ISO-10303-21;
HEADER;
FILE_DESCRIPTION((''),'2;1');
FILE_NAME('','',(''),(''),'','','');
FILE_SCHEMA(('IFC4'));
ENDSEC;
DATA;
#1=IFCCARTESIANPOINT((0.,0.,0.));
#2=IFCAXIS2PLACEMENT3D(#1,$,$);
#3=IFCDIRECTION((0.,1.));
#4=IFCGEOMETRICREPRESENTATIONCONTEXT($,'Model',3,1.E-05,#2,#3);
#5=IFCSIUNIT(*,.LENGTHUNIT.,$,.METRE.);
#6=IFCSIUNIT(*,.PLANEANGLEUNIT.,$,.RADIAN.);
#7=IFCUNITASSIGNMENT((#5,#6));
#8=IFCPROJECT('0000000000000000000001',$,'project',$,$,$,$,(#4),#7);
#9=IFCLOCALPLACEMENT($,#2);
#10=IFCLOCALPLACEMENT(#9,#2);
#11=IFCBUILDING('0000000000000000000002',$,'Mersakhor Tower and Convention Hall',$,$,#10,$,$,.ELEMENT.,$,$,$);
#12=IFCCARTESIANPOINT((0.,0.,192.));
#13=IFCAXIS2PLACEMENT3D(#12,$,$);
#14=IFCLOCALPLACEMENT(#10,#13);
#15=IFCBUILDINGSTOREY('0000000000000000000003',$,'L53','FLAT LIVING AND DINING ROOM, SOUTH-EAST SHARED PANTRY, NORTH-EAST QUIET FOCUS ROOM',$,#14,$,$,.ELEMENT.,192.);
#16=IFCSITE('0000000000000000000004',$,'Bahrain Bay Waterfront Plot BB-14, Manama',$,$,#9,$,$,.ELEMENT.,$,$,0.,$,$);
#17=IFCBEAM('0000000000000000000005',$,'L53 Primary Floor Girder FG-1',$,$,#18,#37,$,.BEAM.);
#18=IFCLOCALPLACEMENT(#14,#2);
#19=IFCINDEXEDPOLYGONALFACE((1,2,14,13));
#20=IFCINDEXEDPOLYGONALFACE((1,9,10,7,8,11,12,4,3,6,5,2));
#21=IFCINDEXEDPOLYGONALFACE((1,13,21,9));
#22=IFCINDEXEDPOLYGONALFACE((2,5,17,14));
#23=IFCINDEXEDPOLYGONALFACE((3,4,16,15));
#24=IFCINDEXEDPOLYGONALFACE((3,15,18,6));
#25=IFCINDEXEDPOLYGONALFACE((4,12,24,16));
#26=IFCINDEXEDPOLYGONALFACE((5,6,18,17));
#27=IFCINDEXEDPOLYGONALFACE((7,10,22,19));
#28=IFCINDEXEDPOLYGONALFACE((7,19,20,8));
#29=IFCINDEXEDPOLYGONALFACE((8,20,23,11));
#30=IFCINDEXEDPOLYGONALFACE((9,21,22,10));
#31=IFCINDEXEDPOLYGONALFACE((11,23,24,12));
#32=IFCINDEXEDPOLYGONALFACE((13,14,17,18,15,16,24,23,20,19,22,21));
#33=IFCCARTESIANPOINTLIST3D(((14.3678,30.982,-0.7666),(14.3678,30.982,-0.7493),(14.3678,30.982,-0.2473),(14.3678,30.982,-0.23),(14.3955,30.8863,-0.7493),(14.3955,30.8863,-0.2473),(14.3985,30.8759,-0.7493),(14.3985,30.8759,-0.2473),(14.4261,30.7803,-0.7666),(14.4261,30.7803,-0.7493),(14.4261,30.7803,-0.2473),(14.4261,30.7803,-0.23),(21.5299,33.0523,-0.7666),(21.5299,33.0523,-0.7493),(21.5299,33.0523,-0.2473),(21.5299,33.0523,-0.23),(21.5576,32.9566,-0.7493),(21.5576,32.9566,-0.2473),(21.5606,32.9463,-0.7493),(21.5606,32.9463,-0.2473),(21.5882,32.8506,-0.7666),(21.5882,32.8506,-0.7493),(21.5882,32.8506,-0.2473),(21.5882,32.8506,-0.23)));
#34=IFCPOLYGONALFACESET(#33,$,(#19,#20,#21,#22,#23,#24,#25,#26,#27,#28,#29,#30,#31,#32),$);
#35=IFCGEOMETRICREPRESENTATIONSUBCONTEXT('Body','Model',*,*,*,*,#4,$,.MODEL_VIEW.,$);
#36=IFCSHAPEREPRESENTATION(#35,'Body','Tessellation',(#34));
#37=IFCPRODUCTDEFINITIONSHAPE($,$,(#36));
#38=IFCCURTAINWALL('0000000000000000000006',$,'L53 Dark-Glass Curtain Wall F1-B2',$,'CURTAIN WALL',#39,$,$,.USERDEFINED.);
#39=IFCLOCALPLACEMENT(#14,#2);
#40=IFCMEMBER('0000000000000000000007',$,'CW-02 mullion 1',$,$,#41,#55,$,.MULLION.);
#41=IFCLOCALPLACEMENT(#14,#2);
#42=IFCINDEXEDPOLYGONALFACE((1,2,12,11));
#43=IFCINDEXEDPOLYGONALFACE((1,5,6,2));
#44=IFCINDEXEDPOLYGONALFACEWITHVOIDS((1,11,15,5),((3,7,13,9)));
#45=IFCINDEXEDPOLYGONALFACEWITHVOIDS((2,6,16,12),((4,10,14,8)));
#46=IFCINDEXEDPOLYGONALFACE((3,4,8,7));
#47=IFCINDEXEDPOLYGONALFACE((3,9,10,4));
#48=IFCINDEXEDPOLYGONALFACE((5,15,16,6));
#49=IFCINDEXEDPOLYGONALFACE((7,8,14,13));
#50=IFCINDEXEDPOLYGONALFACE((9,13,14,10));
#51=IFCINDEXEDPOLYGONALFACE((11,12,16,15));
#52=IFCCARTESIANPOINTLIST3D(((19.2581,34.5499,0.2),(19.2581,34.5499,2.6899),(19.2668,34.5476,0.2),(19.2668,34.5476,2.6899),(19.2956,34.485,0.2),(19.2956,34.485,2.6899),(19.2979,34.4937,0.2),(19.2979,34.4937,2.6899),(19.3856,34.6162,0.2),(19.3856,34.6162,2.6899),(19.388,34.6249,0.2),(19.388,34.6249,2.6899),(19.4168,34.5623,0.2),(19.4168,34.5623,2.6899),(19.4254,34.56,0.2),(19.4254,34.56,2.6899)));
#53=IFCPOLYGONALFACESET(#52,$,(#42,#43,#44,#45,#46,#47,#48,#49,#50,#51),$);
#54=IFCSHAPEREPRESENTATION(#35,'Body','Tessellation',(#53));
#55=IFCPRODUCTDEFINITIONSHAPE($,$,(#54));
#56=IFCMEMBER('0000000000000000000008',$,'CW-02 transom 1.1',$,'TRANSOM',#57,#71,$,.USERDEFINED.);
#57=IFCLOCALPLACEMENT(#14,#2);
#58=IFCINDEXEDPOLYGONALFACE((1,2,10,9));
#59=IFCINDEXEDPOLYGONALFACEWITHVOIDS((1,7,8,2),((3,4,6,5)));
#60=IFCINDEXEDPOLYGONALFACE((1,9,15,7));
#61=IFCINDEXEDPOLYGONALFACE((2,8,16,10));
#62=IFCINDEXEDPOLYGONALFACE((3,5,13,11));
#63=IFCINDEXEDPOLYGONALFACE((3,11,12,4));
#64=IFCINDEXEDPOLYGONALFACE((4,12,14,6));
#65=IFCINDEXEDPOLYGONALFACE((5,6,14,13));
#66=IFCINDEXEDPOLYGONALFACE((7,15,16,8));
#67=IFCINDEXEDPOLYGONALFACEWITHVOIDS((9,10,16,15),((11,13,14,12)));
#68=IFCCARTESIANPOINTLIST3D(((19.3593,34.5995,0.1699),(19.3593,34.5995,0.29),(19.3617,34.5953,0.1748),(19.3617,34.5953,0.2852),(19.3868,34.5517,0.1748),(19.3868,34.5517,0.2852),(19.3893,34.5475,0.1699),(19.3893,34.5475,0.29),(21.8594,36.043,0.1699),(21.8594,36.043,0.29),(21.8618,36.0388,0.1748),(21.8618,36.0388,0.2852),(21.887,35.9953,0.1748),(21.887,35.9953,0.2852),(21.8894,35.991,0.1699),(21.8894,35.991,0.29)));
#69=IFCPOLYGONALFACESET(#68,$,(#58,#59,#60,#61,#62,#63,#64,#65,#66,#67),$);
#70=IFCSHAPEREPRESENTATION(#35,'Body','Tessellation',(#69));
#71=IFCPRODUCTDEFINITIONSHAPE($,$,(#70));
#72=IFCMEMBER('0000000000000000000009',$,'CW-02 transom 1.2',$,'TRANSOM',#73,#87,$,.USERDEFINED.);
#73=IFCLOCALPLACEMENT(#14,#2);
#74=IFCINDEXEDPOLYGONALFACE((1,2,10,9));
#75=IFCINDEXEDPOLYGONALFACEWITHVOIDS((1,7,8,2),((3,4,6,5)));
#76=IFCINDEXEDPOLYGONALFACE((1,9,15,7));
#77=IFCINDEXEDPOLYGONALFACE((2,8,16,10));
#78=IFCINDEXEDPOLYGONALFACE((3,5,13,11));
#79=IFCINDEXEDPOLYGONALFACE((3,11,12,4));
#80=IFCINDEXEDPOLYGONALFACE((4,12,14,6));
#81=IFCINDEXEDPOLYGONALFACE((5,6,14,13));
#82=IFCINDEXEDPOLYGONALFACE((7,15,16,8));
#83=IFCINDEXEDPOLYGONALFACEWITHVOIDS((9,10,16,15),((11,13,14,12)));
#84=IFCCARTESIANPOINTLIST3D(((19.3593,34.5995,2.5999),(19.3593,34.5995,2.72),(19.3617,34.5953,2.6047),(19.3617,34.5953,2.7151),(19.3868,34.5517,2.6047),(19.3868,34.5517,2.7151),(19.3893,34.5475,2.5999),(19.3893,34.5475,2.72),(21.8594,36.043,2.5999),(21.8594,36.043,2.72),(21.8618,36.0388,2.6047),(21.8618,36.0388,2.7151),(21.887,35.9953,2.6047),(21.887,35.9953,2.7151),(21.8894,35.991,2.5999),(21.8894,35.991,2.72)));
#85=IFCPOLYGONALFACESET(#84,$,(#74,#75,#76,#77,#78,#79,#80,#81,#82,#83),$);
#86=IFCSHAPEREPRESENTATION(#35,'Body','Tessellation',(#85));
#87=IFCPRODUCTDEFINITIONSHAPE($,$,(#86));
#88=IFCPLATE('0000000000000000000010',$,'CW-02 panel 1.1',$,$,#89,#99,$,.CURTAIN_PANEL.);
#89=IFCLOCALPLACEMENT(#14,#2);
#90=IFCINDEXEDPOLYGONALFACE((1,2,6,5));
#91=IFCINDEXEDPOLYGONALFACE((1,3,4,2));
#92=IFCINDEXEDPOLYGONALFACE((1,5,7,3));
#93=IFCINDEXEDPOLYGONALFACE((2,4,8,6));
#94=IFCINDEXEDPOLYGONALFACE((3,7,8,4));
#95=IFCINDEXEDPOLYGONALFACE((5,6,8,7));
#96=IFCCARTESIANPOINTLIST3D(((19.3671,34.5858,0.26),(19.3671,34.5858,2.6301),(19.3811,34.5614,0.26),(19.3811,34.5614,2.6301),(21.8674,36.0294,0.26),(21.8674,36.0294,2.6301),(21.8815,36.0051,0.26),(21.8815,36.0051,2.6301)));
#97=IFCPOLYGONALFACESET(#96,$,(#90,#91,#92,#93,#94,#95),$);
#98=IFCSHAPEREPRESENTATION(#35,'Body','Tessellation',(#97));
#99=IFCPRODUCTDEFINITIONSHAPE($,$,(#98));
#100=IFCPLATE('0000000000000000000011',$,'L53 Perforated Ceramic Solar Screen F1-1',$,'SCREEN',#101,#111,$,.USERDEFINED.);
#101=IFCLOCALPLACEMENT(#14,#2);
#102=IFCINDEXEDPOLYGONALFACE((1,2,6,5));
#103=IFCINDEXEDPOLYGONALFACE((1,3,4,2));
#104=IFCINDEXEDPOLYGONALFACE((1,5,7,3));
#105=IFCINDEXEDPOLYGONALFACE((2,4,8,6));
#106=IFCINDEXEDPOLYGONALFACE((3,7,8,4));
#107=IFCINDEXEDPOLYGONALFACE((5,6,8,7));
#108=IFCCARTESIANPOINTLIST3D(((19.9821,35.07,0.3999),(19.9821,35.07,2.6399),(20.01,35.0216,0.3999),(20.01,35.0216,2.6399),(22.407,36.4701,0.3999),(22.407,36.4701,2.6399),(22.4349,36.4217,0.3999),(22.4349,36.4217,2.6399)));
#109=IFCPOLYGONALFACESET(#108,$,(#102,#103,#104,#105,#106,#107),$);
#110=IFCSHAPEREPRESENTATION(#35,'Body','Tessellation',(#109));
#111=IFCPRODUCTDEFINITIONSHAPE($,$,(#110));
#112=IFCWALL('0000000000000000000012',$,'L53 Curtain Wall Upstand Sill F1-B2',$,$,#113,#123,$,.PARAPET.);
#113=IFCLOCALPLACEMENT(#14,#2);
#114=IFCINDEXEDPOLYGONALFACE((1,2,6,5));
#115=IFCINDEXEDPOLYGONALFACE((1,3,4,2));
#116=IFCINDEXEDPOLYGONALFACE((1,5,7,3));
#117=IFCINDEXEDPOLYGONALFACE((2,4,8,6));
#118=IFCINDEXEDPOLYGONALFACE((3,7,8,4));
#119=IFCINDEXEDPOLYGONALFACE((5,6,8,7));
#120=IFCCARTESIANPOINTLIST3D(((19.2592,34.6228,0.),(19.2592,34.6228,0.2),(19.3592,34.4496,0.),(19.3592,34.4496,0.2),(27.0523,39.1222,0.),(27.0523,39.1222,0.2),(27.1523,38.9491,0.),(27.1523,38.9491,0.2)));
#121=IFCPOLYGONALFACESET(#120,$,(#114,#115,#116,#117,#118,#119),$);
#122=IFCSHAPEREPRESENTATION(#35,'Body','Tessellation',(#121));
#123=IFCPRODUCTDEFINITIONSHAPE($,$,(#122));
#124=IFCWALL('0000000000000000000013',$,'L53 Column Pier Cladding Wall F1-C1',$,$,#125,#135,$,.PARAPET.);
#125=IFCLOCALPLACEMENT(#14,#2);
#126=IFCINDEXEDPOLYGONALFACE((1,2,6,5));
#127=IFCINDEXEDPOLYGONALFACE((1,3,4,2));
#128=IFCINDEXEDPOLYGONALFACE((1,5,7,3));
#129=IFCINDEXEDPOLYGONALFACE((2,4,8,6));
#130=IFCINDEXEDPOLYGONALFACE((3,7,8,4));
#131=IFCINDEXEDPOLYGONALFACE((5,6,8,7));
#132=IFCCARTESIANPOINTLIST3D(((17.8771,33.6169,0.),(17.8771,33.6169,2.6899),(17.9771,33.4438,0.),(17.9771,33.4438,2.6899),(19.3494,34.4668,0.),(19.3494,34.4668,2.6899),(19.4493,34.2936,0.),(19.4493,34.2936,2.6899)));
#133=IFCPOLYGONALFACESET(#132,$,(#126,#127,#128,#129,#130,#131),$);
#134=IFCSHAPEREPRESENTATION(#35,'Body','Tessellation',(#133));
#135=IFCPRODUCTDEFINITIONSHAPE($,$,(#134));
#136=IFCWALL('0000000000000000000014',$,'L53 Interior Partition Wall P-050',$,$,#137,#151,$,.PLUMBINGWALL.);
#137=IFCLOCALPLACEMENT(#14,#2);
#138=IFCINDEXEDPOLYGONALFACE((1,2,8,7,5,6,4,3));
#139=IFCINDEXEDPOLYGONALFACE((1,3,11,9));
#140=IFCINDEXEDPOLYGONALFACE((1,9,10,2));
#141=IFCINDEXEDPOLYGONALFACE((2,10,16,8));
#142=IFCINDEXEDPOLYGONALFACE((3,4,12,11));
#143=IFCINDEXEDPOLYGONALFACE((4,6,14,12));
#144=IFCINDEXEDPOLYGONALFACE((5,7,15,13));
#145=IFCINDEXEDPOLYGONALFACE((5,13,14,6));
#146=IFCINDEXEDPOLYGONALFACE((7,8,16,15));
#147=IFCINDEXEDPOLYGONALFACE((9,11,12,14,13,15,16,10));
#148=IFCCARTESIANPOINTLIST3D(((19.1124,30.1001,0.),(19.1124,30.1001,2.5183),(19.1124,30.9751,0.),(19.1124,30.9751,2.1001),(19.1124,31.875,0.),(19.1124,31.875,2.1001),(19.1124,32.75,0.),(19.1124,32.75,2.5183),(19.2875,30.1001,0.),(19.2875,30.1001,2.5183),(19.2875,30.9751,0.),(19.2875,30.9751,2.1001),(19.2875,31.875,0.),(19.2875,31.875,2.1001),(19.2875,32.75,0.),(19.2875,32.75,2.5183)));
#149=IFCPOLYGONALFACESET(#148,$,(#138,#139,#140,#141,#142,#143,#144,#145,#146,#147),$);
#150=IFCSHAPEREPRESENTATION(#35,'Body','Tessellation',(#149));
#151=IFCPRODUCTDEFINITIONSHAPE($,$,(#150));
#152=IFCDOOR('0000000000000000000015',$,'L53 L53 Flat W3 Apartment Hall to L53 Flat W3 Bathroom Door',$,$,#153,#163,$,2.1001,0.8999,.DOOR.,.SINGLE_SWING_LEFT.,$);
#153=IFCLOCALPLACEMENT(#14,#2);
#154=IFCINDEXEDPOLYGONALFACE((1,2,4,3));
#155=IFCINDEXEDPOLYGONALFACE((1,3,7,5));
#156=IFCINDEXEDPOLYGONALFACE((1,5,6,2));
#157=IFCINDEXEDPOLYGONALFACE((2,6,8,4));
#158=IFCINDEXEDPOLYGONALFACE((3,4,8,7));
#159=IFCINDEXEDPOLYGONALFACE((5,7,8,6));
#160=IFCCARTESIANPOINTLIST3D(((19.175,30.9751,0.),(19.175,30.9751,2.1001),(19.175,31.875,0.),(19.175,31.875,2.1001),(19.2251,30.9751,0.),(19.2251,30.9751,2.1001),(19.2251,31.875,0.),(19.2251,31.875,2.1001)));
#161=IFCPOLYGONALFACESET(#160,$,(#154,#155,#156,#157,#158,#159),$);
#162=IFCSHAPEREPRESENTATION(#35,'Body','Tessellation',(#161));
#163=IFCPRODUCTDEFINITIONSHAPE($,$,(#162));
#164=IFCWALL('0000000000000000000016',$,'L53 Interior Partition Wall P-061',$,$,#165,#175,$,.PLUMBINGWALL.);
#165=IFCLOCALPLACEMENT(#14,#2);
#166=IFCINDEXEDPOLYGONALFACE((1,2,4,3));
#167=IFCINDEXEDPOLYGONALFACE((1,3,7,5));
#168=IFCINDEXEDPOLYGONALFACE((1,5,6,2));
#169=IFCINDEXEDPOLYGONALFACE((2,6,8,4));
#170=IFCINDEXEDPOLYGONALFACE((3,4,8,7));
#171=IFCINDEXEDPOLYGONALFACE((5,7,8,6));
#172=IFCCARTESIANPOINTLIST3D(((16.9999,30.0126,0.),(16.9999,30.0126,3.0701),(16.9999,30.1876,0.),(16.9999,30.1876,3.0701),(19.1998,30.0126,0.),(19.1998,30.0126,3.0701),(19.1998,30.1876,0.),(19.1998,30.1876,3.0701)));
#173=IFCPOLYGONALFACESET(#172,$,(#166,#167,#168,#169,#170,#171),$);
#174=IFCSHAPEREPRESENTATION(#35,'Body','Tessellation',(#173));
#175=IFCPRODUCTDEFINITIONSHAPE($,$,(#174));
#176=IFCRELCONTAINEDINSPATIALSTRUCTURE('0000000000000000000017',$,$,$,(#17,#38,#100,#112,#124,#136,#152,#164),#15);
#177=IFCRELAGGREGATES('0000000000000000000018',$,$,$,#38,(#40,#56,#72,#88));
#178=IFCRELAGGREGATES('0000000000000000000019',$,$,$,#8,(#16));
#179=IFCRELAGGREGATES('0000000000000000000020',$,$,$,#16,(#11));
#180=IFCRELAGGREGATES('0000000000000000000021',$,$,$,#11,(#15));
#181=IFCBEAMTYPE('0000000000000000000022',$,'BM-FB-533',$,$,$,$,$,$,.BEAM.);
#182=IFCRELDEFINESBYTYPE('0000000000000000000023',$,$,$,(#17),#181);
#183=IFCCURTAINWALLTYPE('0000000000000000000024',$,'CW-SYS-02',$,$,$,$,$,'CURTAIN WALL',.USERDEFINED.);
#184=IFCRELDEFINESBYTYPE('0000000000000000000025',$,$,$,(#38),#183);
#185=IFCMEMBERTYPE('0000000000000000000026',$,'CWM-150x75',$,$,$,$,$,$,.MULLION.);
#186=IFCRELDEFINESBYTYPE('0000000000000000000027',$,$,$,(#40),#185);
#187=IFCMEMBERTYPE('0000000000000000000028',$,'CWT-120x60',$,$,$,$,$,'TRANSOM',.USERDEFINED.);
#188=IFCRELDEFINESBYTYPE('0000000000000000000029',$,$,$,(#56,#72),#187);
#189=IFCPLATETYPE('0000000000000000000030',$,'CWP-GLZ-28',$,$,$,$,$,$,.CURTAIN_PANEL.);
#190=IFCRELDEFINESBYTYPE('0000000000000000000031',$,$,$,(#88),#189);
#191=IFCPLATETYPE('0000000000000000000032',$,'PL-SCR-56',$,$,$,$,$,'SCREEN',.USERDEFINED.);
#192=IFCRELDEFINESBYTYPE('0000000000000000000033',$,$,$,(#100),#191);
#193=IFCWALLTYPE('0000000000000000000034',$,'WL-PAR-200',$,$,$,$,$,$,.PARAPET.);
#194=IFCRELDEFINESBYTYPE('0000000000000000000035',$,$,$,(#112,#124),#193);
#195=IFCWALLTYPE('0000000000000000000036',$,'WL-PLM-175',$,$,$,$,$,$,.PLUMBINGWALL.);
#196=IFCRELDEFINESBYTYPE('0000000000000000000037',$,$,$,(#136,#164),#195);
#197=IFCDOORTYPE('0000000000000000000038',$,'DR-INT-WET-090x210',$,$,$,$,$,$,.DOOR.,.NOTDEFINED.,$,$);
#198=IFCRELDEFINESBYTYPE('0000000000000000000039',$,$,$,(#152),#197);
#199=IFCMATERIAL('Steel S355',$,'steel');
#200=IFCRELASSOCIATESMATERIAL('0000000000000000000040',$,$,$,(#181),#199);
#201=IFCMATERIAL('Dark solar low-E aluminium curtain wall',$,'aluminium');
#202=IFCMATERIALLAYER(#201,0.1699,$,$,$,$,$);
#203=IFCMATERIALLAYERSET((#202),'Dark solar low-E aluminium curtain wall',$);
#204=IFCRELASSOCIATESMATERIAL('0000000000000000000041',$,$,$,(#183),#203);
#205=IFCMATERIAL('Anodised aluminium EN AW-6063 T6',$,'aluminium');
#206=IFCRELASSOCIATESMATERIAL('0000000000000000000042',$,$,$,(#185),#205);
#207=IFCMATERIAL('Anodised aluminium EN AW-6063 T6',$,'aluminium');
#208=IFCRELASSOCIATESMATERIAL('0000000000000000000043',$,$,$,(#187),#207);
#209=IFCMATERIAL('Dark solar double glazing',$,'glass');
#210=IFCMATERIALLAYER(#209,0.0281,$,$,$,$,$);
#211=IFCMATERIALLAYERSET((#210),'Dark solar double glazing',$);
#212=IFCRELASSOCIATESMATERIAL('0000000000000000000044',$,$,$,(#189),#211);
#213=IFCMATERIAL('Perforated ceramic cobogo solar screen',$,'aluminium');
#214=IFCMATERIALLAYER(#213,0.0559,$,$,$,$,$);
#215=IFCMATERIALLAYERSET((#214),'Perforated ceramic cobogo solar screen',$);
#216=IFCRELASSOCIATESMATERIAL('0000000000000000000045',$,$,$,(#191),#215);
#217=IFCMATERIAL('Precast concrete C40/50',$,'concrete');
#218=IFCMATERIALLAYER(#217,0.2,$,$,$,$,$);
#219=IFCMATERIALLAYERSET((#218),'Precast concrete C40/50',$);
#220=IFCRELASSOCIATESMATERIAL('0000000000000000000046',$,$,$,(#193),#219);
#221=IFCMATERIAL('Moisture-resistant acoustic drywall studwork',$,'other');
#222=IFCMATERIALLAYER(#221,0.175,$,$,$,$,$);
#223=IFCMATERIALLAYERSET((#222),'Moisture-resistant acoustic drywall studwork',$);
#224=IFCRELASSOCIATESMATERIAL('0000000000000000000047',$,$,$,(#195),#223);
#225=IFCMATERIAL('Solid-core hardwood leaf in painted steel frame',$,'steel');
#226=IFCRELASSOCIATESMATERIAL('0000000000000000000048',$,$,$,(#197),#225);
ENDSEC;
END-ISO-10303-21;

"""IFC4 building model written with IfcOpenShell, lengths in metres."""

from ifc_helpers import new_model, si_unit, direction, frame, frame_2d, origin, origin_2d, place, context, subcontext, project, spatial, rectangle, hollow_rectangle, i_section, extrude, material, layer, layer_set, material_profile, profile_set, type_object, element, fill, aggregate, save


model = new_model("IFC4")

# Units and contexts
model_context = context("Model", 3, precision=1e-05, world=origin(), true_north=direction((0.0, 1.0)))
body_context = subcontext(model_context, "Body", "Model", "MODEL_VIEW")
ifc_project = project(units=[si_unit("LENGTHUNIT", "METRE"), si_unit("PLANEANGLEUNIT", "RADIAN")], contexts=[model_context])

# Site, building, storey
site_placement = place(None, origin())
site = spatial("IfcSite", under=ifc_project, at=site_placement, Name="Bahrain Bay Waterfront Plot BB-14, Manama", CompositionType="ELEMENT", RefElevation=0.0)
building_placement = place(site_placement, origin())
building = spatial("IfcBuilding", under=site, at=building_placement, Name="Mersakhor Tower and Convention Hall", CompositionType="ELEMENT")
storey_placement = place(building_placement, frame((0.0, 0.0, 192.0)))
storey = spatial("IfcBuildingStorey", under=building, at=storey_placement, Name="L53", Description="FLAT LIVING AND DINING ROOM, SOUTH-EAST SHARED PANTRY, NORTH-EAST QUIET FOCUS ROOM", CompositionType="ELEMENT", Elevation=192.0)

# Beam
ifc_material_1 = material(Name="Steel S355", Category="steel")
ifc_material_profile_1 = material_profile(ifc_material_1, i_section(OverallWidth=0.21, OverallDepth=0.5366, WebThickness=0.0107, FlangeThickness=0.0173, at=origin_2d()), Name="UB 533x210x101")
ifc_profile_set_1 = profile_set([ifc_material_profile_1], Name="Steel S355")
beam_type = type_object("IfcBeamType", Name="BM-FB-533", PredefinedType="BEAM", material=ifc_profile_set_1)
beam_placement = place(storey_placement, frame((21.5591, 32.9514, -0.4983), z_axis=(-0.960669, -0.277695, 0.0), x_axis=(0.277695, -0.960669, 0.0)))
element("IfcBeam", 1, at=beam_placement, inside=storey, type_object=beam_type, Name="L53 Primary Floor Girder FG-1", PredefinedType="BEAM", context=body_context, shape_type="SweptSolid", body=[
    extrude(i_section(OverallWidth=0.21, OverallDepth=0.5366, WebThickness=0.0107, FlangeThickness=0.0173, at=origin_2d()), origin(), (0.0, 0.0, 1.0), 7.4553),
])

# Curtain wall, members, plate
ifc_material_2 = material(Name="Dark solar low-E aluminium curtain wall", Category="aluminium")
ifc_layer_1 = layer(ifc_material_2, 0.1699)
ifc_layer_set_1 = layer_set([ifc_layer_1], Name="Dark solar low-E aluminium curtain wall")
curtain_wall_type = type_object("IfcCurtainWallType", Name="CW-SYS-02", ElementType="CURTAIN WALL", PredefinedType="USERDEFINED", material=ifc_layer_set_1)
curtain_wall_placement = place(storey_placement, origin())
curtain_wall = element("IfcCurtainWall", 2, at=curtain_wall_placement, inside=storey, type_object=curtain_wall_type, Name="L53 Dark-Glass Curtain Wall F1-B2", ObjectType="CURTAIN WALL", PredefinedType="USERDEFINED")
ifc_material_3 = material(Name="Anodised aluminium EN AW-6063 T6", Category="aluminium")
ifc_material_profile_2 = material_profile(ifc_material_3, hollow_rectangle(XDim=0.075, YDim=0.1499, WallThickness=0.0063, at=origin_2d()), Name="RHS 150x75x6.3")
ifc_profile_set_2 = profile_set([ifc_material_profile_2], Name="Anodised aluminium EN AW-6063 T6")
member_type_1 = type_object("IfcMemberType", Name="CWM-150x75", PredefinedType="MULLION", material=ifc_profile_set_2)
member_1_placement = place(storey_placement, frame((19.3418, 34.5549, 0.2), z_axis=(0.0, 0.0, 1.0), x_axis=(-0.500008, 0.866021, 0.0)))
member_1 = element("IfcMember", 3, at=member_1_placement, type_object=member_type_1, Name="CW-02 mullion 1", PredefinedType="MULLION", context=body_context, shape_type="SweptSolid", body=[
    extrude(hollow_rectangle(XDim=0.075, YDim=0.1499, WallThickness=0.0063, at=origin_2d()), origin(), (0.0, 0.0, 1.0), 2.49),
])
ifc_material_4 = material(Name="Anodised aluminium EN AW-6063 T6", Category="aluminium")
ifc_material_profile_3 = material_profile(ifc_material_4, hollow_rectangle(XDim=0.0601, YDim=0.1201, WallThickness=0.0049, at=origin_2d()), Name="RHS 120x60x5")
ifc_profile_set_3 = profile_set([ifc_material_profile_3], Name="Anodised aluminium EN AW-6063 T6")
member_type_2 = type_object("IfcMemberType", Name="CWT-120x60", ElementType="TRANSOM", PredefinedType="USERDEFINED", material=ifc_profile_set_3)
member_2_placement = place(storey_placement, frame((19.3743, 34.5735, 0.23), z_axis=(0.866012, 0.500023, 0.0), x_axis=(-0.500023, 0.866012, 0.0)))
member_2 = element("IfcMember", 4, at=member_2_placement, type_object=member_type_2, Name="CW-02 transom 1.1", ObjectType="TRANSOM", PredefinedType="USERDEFINED", context=body_context, shape_type="SweptSolid", body=[
    extrude(hollow_rectangle(XDim=0.0601, YDim=0.1201, WallThickness=0.0049, at=origin_2d()), origin(), (0.0, 0.0, 1.0), 2.887),
])
member_3_placement = place(storey_placement, frame((19.3743, 34.5735, 2.6599), z_axis=(0.866012, 0.500023, 0.0), x_axis=(-0.500023, 0.866012, 0.0)))
member_3 = element("IfcMember", 5, at=member_3_placement, type_object=member_type_2, Name="CW-02 transom 1.2", ObjectType="TRANSOM", PredefinedType="USERDEFINED", context=body_context, shape_type="SweptSolid", body=[
    extrude(hollow_rectangle(XDim=0.0601, YDim=0.1201, WallThickness=0.0049, at=origin_2d()), origin(), (0.0, 0.0, 1.0), 2.887),
])
ifc_material_5 = material(Name="Dark solar double glazing", Category="glass")
ifc_layer_2 = layer(ifc_material_5, 0.0281)
ifc_layer_set_2 = layer_set([ifc_layer_2], Name="Dark solar double glazing")
plate_type_1 = type_object("IfcPlateType", Name="CWP-GLZ-28", PredefinedType="CURTAIN_PANEL", material=ifc_layer_set_2)
plate_1_placement = place(storey_placement, frame((20.6243, 35.2954, 0.26), z_axis=(0.0, 0.0, 1.0), x_axis=(0.866021, 0.500008, 0.0)))
plate_1 = element("IfcPlate", 6, at=plate_1_placement, type_object=plate_type_1, Name="CW-02 panel 1.1", PredefinedType="CURTAIN_PANEL", context=body_context, shape_type="SweptSolid", body=[
    extrude(rectangle(XDim=2.8872, YDim=0.0281, at=origin_2d()), origin(), (0.0, 0.0, 1.0), 2.3701),
])
aggregate(curtain_wall, [member_1, member_2, member_3, plate_1])

# Plate
ifc_material_6 = material(Name="Perforated ceramic cobogo solar screen", Category="aluminium")
ifc_layer_3 = layer(ifc_material_6, 0.0559)
ifc_layer_set_3 = layer_set([ifc_layer_3], Name="Perforated ceramic cobogo solar screen")
plate_type_2 = type_object("IfcPlateType", Name="PL-SCR-56", ElementType="SCREEN", PredefinedType="USERDEFINED", material=ifc_layer_set_3)
plate_2_placement = place(storey_placement, frame((21.2085, 35.7458, 0.3999), z_axis=(0.0, 0.0, 1.0), x_axis=(0.866025, 0.5, 0.0)))
element("IfcPlate", 7, at=plate_2_placement, inside=storey, type_object=plate_type_2, Name="L53 Perforated Ceramic Solar Screen F1-1", ObjectType="SCREEN", PredefinedType="USERDEFINED", context=body_context, shape_type="SweptSolid", body=[
    extrude(rectangle(XDim=2.8, YDim=0.0559, at=origin_2d()), origin(), (0.0, 0.0, 1.0), 2.24),
])

# Walls
ifc_material_7 = material(Name="Precast concrete C40/50", Category="concrete")
ifc_layer_4 = layer(ifc_material_7, 0.2)
ifc_layer_set_4 = layer_set([ifc_layer_4], Name="Precast concrete C40/50")
wall_type_1 = type_object("IfcWallType", Name="WL-PAR-200", PredefinedType="PARAPET", material=ifc_layer_set_4)
wall_1_placement = place(storey_placement, frame((19.3091, 34.5361, 0.0), z_axis=(0.0, 0.0, 1.0), x_axis=(0.866021, 0.500008, 0.0)))
element("IfcWall", 8, at=wall_1_placement, inside=storey, type_object=wall_type_1, Name="L53 Curtain Wall Upstand Sill F1-B2", PredefinedType="PARAPET", context=body_context, shape_type="SweptSolid", body=[
    extrude(rectangle(XDim=8.9988, YDim=0.2, at=frame_2d((4.4995, 0.0))), origin(), (0.0, 0.0, 1.0), 0.2),
])
wall_2_placement = place(storey_placement, frame((17.927, 33.5303, 0.0), z_axis=(0.0, 0.0, 1.0), x_axis=(0.866052, 0.499955, 0.0)))
element("IfcWall", 9, at=wall_2_placement, inside=storey, type_object=wall_type_1, Name="L53 Column Pier Cladding Wall F1-C1", PredefinedType="PARAPET", context=body_context, shape_type="SweptSolid", body=[
    extrude(rectangle(XDim=1.7, YDim=0.2, at=frame_2d((0.8501, 0.0))), origin(), (0.0, 0.0, 1.0), 2.6899),
])

# Wall, opening, door
ifc_material_8 = material(Name="Moisture-resistant acoustic drywall studwork", Category="other")
ifc_layer_5 = layer(ifc_material_8, 0.175)
ifc_layer_set_5 = layer_set([ifc_layer_5], Name="Moisture-resistant acoustic drywall studwork")
wall_type_2 = type_object("IfcWallType", Name="WL-PLM-175", PredefinedType="PLUMBINGWALL", material=ifc_layer_set_5)
wall_3_placement = place(storey_placement, frame((19.2, 30.1001, 0.0), z_axis=(0.0, 0.0, 1.0), x_axis=(0.0, 1.0, 0.0)))
wall_3 = element("IfcWall", 10, at=wall_3_placement, inside=storey, type_object=wall_type_2, Name="L53 Interior Partition Wall P-050", PredefinedType="PLUMBINGWALL", context=body_context, shape_type="SweptSolid", body=[
    extrude(rectangle(XDim=2.6499, YDim=0.175, at=frame_2d((1.325, 0.0))), origin(), (0.0, 0.0, 1.0), 2.5183),
])
opening_1_placement = place(wall_3_placement, frame((0.875, 0.0, 0.0)))
opening_1 = element("IfcOpeningElement", 11, at=opening_1_placement, cuts=wall_3, PredefinedType="OPENING", context=body_context, shape_type="SweptSolid", body=[
    extrude(rectangle(XDim=0.8999, YDim=2.1001, at=frame_2d((0.45, 1.05))), frame((0.0, 0.0974, 0.0), z_axis=(0.0, -1.0, 0.0), x_axis=(1.0, 0.0, 0.0)), (0.0, 0.0, 1.0), 0.1951),
])
ifc_material_9 = material(Name="Solid-core hardwood leaf in painted steel frame", Category="steel")
door_type_1 = type_object("IfcDoorType", Name="DR-INT-WET-090x210", OperationType="NOTDEFINED", PredefinedType="DOOR", material=ifc_material_9)
door_1_placement = place(opening_1_placement, origin())
door_1 = element("IfcDoor", 12, at=door_1_placement, inside=storey, type_object=door_type_1, Name="L53 L53 Flat W3 Apartment Hall to L53 Flat W3 Bathroom Door", OperationType="SINGLE_SWING_LEFT", OverallHeight=2.1001, OverallWidth=0.8999, PredefinedType="DOOR", context=body_context, shape_type="SweptSolid", body=[
    extrude(rectangle(XDim=0.8999, YDim=2.1001, at=frame_2d((0.45, 1.05))), frame((0.0, 0.0249, 0.0), z_axis=(0.0, -1.0, 0.0), x_axis=(1.0, 0.0, 0.0)), (0.0, 0.0, 1.0), 0.05),
])
fill(opening_1, door_1)

# Wall
wall_4_placement = place(storey_placement, frame((19.2, 30.1001, 0.0), z_axis=(0.0, 0.0, 1.0), x_axis=(-1.0, 0.0, 0.0)))
element("IfcWall", 13, at=wall_4_placement, inside=storey, type_object=wall_type_2, Name="L53 Interior Partition Wall P-061", PredefinedType="PLUMBINGWALL", context=body_context, shape_type="SweptSolid", body=[
    extrude(rectangle(XDim=2.2, YDim=0.175, at=frame_2d((1.1001, 0.0))), origin(), (0.0, 0.0, 1.0), 3.0701),
])

save(model, "model.ifc")
